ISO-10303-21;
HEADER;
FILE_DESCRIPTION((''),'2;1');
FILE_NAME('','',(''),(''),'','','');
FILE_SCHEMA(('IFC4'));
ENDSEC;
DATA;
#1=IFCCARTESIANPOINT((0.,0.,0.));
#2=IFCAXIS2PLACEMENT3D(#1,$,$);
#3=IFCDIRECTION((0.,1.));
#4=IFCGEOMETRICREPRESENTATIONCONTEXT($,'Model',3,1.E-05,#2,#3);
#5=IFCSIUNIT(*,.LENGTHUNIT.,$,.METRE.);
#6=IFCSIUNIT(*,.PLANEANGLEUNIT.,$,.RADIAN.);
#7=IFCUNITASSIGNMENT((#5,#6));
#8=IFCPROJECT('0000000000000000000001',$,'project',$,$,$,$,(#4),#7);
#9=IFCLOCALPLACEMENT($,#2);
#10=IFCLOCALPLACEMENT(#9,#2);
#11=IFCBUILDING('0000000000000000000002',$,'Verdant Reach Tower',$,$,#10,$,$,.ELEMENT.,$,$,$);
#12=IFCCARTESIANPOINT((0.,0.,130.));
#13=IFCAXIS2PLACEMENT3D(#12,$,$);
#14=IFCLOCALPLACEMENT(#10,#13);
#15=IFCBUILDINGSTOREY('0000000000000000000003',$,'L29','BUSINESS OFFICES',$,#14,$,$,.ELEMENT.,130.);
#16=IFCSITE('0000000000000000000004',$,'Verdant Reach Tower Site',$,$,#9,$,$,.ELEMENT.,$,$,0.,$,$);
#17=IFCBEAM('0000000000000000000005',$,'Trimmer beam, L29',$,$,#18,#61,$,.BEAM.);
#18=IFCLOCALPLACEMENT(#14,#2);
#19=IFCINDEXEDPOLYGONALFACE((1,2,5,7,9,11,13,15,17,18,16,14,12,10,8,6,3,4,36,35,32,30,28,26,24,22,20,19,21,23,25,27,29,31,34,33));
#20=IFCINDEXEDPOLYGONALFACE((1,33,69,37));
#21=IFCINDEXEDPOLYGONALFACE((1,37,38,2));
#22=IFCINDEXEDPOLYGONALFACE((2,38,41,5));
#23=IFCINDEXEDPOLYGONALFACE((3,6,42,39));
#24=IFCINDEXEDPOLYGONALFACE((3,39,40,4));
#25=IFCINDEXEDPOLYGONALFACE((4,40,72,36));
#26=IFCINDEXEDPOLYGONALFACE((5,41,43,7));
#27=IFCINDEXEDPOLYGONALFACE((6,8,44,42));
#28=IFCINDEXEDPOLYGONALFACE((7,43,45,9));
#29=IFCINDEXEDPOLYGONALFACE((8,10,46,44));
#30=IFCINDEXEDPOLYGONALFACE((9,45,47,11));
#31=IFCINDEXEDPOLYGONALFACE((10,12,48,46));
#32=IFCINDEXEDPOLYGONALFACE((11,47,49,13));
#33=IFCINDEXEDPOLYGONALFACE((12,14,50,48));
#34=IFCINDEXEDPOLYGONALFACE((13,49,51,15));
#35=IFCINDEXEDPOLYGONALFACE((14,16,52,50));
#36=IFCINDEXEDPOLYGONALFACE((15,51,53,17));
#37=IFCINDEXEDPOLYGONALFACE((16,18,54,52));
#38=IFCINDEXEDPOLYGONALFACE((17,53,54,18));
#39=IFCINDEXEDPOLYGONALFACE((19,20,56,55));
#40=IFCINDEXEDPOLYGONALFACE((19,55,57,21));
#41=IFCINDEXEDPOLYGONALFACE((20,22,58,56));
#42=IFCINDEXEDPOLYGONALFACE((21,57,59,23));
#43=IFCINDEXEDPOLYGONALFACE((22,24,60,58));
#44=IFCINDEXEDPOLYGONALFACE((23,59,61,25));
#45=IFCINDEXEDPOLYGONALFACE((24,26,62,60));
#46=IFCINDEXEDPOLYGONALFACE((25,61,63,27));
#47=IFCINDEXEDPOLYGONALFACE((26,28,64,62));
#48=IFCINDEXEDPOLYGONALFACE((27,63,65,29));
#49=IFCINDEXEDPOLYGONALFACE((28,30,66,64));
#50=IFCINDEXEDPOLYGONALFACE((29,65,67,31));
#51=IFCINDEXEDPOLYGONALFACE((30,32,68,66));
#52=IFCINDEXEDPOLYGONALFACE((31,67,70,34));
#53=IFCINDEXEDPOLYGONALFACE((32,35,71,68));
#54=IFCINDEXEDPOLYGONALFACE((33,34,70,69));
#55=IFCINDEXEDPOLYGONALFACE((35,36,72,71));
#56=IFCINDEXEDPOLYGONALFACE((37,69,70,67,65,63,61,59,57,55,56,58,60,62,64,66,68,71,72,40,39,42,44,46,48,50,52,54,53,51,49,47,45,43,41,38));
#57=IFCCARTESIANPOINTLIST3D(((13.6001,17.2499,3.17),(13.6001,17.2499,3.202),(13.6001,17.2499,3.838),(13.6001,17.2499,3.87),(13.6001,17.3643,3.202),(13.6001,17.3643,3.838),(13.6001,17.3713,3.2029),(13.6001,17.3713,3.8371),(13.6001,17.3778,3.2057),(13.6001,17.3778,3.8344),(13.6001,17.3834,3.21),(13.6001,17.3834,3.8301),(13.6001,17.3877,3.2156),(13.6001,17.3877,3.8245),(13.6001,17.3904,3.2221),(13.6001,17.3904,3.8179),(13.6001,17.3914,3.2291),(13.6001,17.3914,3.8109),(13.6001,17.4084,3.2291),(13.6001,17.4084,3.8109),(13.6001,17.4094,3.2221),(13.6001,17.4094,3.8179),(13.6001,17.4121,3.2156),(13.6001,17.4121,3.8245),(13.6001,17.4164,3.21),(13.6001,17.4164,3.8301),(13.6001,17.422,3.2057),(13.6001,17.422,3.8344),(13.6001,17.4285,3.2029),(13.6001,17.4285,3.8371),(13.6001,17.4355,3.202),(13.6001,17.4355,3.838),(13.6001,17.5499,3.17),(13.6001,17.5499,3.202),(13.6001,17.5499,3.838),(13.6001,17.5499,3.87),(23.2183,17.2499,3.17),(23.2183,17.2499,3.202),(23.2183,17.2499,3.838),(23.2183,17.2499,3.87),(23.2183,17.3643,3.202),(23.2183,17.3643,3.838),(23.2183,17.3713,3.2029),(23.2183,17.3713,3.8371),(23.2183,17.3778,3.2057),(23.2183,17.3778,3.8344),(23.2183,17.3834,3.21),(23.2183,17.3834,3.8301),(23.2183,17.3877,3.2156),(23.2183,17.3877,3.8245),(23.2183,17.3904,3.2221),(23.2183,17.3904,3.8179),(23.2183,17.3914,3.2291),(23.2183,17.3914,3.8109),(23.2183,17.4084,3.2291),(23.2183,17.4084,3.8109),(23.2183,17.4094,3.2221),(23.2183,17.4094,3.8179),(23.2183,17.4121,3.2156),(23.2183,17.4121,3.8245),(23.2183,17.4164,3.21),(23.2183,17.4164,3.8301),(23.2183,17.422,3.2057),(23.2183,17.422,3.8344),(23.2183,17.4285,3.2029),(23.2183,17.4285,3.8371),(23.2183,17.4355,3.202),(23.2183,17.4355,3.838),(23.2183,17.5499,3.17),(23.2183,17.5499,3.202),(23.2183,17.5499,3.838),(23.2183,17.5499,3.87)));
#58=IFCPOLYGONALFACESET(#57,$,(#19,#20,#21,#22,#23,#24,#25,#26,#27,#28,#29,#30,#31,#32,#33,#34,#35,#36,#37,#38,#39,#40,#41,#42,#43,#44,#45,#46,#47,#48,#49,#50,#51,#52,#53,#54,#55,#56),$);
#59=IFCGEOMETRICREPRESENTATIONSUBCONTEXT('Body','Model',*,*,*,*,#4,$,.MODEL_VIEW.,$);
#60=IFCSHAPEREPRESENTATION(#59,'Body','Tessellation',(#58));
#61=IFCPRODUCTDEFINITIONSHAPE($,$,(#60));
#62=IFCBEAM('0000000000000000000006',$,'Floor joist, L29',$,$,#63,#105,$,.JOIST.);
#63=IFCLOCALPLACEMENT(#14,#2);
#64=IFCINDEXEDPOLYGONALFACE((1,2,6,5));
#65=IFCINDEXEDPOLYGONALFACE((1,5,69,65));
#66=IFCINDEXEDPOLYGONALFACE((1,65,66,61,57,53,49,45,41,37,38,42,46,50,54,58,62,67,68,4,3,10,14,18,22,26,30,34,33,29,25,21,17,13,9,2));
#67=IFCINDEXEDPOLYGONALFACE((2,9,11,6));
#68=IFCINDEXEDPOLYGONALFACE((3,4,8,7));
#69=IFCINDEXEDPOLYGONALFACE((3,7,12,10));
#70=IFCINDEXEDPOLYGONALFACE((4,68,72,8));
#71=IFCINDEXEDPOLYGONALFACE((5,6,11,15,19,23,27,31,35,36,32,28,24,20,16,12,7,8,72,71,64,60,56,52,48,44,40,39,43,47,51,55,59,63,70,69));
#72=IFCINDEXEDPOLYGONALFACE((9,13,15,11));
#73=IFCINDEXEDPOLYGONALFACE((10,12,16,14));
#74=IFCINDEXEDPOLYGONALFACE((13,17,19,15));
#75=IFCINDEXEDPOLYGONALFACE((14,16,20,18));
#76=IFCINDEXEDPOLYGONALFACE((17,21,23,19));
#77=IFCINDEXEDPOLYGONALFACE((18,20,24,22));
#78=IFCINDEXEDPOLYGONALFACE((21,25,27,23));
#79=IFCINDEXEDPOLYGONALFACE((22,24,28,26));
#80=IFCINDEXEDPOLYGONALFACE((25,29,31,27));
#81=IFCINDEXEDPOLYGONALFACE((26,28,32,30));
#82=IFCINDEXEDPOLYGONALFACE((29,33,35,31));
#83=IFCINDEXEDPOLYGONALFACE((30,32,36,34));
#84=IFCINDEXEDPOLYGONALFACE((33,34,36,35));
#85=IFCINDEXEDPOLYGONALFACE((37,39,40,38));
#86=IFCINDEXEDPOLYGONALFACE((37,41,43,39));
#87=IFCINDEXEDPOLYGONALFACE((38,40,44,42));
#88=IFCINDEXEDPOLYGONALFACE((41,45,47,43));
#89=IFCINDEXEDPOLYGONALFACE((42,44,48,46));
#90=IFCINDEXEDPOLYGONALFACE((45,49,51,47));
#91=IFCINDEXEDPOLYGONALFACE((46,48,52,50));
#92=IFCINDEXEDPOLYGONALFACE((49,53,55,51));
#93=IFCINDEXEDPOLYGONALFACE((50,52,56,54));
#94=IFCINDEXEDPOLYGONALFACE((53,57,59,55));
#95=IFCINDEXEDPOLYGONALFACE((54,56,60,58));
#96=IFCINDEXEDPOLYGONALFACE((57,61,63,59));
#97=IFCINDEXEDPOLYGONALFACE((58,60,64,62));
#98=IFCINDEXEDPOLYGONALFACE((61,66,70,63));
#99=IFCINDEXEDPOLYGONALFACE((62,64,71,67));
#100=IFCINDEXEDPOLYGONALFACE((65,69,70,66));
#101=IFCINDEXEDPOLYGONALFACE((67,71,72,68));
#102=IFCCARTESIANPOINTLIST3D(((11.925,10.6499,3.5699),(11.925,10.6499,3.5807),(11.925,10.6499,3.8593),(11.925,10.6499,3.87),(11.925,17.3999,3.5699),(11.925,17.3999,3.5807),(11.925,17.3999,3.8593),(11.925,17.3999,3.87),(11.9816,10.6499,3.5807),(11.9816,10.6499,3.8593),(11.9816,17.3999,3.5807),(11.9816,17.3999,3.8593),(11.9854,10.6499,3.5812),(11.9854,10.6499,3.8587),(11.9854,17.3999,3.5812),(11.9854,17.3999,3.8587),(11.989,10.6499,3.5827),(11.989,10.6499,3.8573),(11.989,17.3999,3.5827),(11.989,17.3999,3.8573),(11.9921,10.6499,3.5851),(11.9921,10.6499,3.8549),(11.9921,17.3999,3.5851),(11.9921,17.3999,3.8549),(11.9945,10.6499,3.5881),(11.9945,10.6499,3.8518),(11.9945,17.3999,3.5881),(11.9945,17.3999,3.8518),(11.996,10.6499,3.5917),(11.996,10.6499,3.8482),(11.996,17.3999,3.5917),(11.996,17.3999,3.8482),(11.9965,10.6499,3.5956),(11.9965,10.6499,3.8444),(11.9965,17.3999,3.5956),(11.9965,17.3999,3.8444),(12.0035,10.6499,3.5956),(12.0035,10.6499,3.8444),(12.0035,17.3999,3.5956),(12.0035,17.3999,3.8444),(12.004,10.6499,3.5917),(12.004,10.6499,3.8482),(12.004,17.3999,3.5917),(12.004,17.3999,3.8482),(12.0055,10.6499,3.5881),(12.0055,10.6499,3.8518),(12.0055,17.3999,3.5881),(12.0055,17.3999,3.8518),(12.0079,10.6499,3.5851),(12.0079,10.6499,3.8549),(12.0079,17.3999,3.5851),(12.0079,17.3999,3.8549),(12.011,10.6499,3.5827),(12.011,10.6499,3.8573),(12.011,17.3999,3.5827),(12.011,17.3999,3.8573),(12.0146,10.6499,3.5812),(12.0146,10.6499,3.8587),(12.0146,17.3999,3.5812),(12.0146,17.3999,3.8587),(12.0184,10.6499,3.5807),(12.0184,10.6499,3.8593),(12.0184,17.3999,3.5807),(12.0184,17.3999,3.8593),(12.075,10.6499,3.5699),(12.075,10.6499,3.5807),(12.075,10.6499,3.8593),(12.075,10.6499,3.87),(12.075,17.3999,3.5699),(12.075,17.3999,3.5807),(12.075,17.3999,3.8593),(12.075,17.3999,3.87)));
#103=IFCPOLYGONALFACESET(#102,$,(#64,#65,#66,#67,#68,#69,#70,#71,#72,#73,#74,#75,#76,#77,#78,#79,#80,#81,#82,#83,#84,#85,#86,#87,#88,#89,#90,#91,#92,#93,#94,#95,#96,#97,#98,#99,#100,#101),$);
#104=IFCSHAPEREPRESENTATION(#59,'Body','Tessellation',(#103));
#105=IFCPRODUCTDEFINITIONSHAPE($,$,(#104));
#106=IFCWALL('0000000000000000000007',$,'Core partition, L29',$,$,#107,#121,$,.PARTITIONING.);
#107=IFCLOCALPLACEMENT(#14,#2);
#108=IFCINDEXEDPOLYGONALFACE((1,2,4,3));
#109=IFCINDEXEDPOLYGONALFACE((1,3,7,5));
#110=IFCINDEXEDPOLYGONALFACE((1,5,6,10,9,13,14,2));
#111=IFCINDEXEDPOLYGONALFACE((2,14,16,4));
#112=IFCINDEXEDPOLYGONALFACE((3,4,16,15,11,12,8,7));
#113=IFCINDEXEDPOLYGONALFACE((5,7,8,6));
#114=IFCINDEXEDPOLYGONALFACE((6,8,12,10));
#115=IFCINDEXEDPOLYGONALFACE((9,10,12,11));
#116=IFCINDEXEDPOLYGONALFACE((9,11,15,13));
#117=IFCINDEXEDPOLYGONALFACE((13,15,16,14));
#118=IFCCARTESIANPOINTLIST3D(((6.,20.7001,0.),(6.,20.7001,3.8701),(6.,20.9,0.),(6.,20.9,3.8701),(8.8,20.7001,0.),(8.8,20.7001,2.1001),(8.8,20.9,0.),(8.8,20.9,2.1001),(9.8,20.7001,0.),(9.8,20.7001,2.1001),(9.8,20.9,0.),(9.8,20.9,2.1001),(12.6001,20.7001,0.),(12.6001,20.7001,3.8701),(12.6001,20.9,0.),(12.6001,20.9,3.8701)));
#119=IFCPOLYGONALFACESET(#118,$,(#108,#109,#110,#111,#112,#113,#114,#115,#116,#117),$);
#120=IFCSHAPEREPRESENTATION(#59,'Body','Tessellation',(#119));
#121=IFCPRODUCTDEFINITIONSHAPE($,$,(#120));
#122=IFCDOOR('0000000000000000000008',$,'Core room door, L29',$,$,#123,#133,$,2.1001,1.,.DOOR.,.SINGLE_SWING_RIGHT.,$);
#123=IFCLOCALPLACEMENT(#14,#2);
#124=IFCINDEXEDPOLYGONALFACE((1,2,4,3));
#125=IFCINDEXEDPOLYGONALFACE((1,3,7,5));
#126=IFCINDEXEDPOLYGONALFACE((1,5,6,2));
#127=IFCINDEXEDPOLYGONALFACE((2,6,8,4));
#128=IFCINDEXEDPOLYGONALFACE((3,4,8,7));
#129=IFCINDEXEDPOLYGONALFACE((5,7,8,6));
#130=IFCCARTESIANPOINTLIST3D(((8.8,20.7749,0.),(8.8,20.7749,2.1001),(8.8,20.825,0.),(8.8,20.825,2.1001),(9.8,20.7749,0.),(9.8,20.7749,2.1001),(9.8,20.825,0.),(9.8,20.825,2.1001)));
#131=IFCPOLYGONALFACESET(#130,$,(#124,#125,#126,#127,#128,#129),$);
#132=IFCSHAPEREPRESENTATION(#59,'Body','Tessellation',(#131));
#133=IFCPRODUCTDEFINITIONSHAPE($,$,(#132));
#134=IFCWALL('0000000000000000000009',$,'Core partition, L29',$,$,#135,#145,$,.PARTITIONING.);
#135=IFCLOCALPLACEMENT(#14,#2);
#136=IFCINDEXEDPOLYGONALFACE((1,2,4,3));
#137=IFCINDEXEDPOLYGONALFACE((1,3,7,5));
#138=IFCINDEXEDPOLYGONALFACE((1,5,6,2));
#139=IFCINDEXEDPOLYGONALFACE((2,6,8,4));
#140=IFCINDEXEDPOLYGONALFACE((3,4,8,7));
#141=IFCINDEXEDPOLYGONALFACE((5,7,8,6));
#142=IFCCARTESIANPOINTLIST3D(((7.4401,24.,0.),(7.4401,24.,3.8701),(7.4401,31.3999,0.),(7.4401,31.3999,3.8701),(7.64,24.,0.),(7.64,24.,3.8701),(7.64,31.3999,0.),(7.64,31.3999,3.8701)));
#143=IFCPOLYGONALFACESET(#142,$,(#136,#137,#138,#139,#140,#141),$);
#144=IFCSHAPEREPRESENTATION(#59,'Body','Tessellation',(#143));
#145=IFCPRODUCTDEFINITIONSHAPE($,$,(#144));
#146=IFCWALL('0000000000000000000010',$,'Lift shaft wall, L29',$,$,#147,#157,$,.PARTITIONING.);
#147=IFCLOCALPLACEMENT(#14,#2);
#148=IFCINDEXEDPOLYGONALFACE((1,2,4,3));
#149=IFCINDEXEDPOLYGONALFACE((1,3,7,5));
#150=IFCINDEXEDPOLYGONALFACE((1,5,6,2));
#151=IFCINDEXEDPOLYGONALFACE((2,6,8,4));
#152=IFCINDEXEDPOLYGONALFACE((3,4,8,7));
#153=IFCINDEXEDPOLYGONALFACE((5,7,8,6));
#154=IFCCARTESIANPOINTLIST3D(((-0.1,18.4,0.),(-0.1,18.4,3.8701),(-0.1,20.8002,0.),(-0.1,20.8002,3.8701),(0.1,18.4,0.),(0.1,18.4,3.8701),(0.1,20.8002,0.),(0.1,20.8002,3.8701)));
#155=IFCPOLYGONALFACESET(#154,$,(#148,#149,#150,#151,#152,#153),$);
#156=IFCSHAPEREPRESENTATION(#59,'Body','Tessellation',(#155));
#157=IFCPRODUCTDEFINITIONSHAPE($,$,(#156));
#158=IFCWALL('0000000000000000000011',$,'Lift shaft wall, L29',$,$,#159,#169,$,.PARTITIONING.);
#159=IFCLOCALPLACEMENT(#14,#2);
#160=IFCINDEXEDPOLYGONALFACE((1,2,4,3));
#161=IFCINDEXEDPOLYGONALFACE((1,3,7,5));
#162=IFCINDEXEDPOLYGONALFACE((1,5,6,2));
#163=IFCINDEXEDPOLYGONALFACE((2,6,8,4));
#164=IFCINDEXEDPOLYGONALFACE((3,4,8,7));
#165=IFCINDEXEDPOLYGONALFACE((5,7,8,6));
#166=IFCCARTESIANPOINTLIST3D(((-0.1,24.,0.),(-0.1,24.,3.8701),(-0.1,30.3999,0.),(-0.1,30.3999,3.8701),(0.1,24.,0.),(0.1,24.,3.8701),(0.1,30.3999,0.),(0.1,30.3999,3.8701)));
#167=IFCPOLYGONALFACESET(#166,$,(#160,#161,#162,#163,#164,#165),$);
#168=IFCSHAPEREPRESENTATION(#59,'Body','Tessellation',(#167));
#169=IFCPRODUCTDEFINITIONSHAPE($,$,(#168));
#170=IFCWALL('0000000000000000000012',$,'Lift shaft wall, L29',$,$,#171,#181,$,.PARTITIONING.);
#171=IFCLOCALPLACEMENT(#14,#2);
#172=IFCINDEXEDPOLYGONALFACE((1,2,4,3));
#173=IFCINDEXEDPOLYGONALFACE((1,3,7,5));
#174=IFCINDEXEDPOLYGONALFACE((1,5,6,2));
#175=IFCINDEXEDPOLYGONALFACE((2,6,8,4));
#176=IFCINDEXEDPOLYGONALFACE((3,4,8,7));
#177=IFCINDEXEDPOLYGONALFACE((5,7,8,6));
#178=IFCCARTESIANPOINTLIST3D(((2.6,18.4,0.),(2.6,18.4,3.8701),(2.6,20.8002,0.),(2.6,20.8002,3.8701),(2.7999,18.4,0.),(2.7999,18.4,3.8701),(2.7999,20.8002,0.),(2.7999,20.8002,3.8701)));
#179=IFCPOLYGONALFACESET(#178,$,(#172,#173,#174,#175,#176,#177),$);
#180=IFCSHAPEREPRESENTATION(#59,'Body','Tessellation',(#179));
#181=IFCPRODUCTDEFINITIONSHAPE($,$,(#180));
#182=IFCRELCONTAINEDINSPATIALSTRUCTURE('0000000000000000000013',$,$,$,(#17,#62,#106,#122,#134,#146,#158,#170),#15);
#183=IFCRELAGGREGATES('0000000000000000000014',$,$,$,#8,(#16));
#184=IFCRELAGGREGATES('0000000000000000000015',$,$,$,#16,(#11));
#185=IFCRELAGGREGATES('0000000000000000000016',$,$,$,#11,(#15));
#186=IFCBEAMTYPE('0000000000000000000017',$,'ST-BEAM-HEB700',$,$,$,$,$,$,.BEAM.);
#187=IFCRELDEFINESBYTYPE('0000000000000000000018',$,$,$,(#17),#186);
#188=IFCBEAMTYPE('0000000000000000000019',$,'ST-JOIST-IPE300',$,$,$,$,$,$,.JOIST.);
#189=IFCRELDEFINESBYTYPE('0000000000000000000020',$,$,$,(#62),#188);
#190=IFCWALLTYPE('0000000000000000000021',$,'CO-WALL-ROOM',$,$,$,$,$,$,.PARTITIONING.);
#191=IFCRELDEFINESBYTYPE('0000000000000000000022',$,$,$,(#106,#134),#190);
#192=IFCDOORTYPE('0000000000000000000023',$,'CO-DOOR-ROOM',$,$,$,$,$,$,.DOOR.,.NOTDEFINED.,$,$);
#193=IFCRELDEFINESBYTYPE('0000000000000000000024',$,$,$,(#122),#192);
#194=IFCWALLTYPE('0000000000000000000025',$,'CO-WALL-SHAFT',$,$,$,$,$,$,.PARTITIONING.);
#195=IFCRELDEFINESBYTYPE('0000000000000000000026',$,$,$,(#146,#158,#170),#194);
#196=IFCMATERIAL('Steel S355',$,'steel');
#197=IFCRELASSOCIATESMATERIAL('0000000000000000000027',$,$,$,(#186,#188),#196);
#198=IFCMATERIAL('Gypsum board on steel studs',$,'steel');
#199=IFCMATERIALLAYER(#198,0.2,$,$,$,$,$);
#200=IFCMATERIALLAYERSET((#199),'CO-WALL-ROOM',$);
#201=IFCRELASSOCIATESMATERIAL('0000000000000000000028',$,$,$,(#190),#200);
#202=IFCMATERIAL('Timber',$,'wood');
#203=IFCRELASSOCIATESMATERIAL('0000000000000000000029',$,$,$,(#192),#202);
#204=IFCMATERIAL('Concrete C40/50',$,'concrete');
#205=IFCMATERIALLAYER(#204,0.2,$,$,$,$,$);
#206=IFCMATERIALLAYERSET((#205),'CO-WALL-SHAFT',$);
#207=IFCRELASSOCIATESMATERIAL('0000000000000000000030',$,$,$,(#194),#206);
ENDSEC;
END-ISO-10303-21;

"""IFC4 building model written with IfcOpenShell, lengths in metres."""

from ifc_helpers import new_model, si_unit, direction, frame, frame_2d, origin, origin_2d, place, context, subcontext, project, spatial, rectangle, i_section, extrude, material, layer, layer_set, material_profile, profile_set, type_object, element, fill, save


model = new_model("IFC4")

# Units and contexts
model_context = context("Model", 3, precision=1e-05, world=origin(), true_north=direction((0.0, 1.0)))
body_context = subcontext(model_context, "Body", "Model", "MODEL_VIEW")
ifc_project = project(units=[si_unit("LENGTHUNIT", "METRE"), si_unit("PLANEANGLEUNIT", "RADIAN")], contexts=[model_context])

# Site, building, storey
site_placement = place(None, origin())
site = spatial("IfcSite", under=ifc_project, at=site_placement, Name="Verdant Reach Tower Site", CompositionType="ELEMENT", RefElevation=0.0)
building_placement = place(site_placement, origin())
building = spatial("IfcBuilding", under=site, at=building_placement, Name="Verdant Reach Tower", CompositionType="ELEMENT")
storey_placement = place(building_placement, frame((0.0, 0.0, 130.0)))
storey = spatial("IfcBuildingStorey", under=building, at=storey_placement, Name="L29", Description="BUSINESS OFFICES", CompositionType="ELEMENT", Elevation=130.0)

# Beams
ifc_material_1 = material(Name="Steel S355", Category="steel")
ifc_material_profile_1 = material_profile(ifc_material_1, i_section(OverallWidth=0.3, OverallDepth=0.7, WebThickness=0.0171, FlangeThickness=0.032, FilletRadius=0.0271, at=origin_2d()), Name="HEB 700")
ifc_profile_set_1 = profile_set([ifc_material_profile_1], Name="Steel S355")
beam_type_1 = type_object("IfcBeamType", Name="ST-BEAM-HEB700", PredefinedType="BEAM", material=ifc_profile_set_1)
beam_1_placement = place(storey_placement, frame((13.6001, 17.3999, 3.52), z_axis=(1.0, 0.0, 0.0), x_axis=(0.0, 1.0, 0.0)))
element("IfcBeam", 1, at=beam_1_placement, inside=storey, type_object=beam_type_1, Name="Trimmer beam, L29", PredefinedType="BEAM", context=body_context, shape_type="SweptSolid", body=[
    extrude(i_section(OverallWidth=0.3, OverallDepth=0.7, WebThickness=0.0171, FlangeThickness=0.032, FilletRadius=0.0271, at=origin_2d()), origin(), (0.0, 0.0, 1.0), 9.6182),
])
ifc_material_profile_2 = material_profile(ifc_material_1, i_section(OverallWidth=0.1499, OverallDepth=0.3, WebThickness=0.0071, FlangeThickness=0.0107, FilletRadius=0.0149, at=origin_2d()), Name="IPE 300")
ifc_profile_set_2 = profile_set([ifc_material_profile_2], Name="Steel S355")
beam_type_2 = type_object("IfcBeamType", Name="ST-JOIST-IPE300", PredefinedType="JOIST", material=ifc_profile_set_2)
beam_2_placement = place(storey_placement, frame((12.0, 17.3999, 3.72), z_axis=(0.0, -1.0, 0.0), x_axis=(1.0, 0.0, 0.0)))
element("IfcBeam", 2, at=beam_2_placement, inside=storey, type_object=beam_type_2, Name="Floor joist, L29", PredefinedType="JOIST", context=body_context, shape_type="SweptSolid", body=[
    extrude(i_section(OverallWidth=0.1499, OverallDepth=0.3, WebThickness=0.0071, FlangeThickness=0.0107, FilletRadius=0.0149, at=origin_2d()), origin(), (0.0, 0.0, 1.0), 6.75),
])

# Wall, opening, door
ifc_material_2 = material(Name="Gypsum board on steel studs", Category="steel")
ifc_layer_1 = layer(ifc_material_2, 0.2)
ifc_layer_set_1 = layer_set([ifc_layer_1], Name="CO-WALL-ROOM")
wall_type_1 = type_object("IfcWallType", Name="CO-WALL-ROOM", PredefinedType="PARTITIONING", material=ifc_layer_set_1)
wall_1_placement = place(storey_placement, frame((6.0, 20.8, 0.0), z_axis=(0.0, 0.0, 1.0), x_axis=(1.0, 0.0, 0.0)))
wall_1 = element("IfcWall", 3, at=wall_1_placement, inside=storey, type_object=wall_type_1, Name="Core partition, L29", PredefinedType="PARTITIONING", context=body_context, shape_type="SweptSolid", body=[
    extrude(rectangle(XDim=6.6001, YDim=0.2, at=frame_2d((3.3, 0.0))), origin(), (0.0, 0.0, 1.0), 3.8701),
])
opening_1_placement = place(wall_1_placement, frame((2.8, 0.0, 0.0)))
opening_1 = element("IfcOpeningElement", 4, at=opening_1_placement, cuts=wall_1, PredefinedType="OPENING", context=body_context, shape_type="SweptSolid", body=[
    extrude(rectangle(XDim=1.0, YDim=2.1001, at=frame_2d((0.5, 1.05))), frame((0.0, 0.1099, 0.0), z_axis=(0.0, -1.0, 0.0), x_axis=(1.0, 0.0, 0.0)), (0.0, 0.0, 1.0), 0.22),
])
ifc_material_3 = material(Name="Timber", Category="wood")
door_type_1 = type_object("IfcDoorType", Name="CO-DOOR-ROOM", OperationType="NOTDEFINED", PredefinedType="DOOR", material=ifc_material_3)
door_1_placement = place(opening_1_placement, origin())
door_1 = element("IfcDoor", 5, at=door_1_placement, inside=storey, type_object=door_type_1, Name="Core room door, L29", OperationType="SINGLE_SWING_RIGHT", OverallHeight=2.1001, OverallWidth=1.0, PredefinedType="DOOR", context=body_context, shape_type="SweptSolid", body=[
    extrude(rectangle(XDim=1.0, YDim=2.1001, at=frame_2d((0.5, 1.05))), frame((0.0, 0.0249, 0.0), z_axis=(0.0, -1.0, 0.0), x_axis=(1.0, 0.0, 0.0)), (0.0, 0.0, 1.0), 0.05),
])
fill(opening_1, door_1)

# Walls
wall_2_placement = place(storey_placement, frame((7.54, 24.0, 0.0), z_axis=(0.0, 0.0, 1.0), x_axis=(0.0, 1.0, 0.0)))
element("IfcWall", 6, at=wall_2_placement, inside=storey, type_object=wall_type_1, Name="Core partition, L29", PredefinedType="PARTITIONING", context=body_context, shape_type="SweptSolid", body=[
    extrude(rectangle(XDim=7.3999, YDim=0.2, at=frame_2d((3.7, 0.0))), origin(), (0.0, 0.0, 1.0), 3.8701),
])
ifc_material_4 = material(Name="Concrete C40/50", Category="concrete")
ifc_layer_2 = layer(ifc_material_4, 0.2)
ifc_layer_set_2 = layer_set([ifc_layer_2], Name="CO-WALL-SHAFT")
wall_type_2 = type_object("IfcWallType", Name="CO-WALL-SHAFT", PredefinedType="PARTITIONING", material=ifc_layer_set_2)
wall_3_placement = place(storey_placement, frame((0.0, 18.3999, 0.0), z_axis=(0.0, 0.0, 1.0), x_axis=(0.0, 1.0, 0.0)))
element("IfcWall", 7, at=wall_3_placement, inside=storey, type_object=wall_type_2, Name="Lift shaft wall, L29", PredefinedType="PARTITIONING", context=body_context, shape_type="SweptSolid", body=[
    extrude(rectangle(XDim=2.4001, YDim=0.2, at=frame_2d((1.2002, 0.0))), origin(), (0.0, 0.0, 1.0), 3.8701),
])
wall_4_placement = place(storey_placement, frame((0.0, 24.0, 0.0), z_axis=(0.0, 0.0, 1.0), x_axis=(0.0, 1.0, 0.0)))
element("IfcWall", 8, at=wall_4_placement, inside=storey, type_object=wall_type_2, Name="Lift shaft wall, L29", PredefinedType="PARTITIONING", context=body_context, shape_type="SweptSolid", body=[
    extrude(rectangle(XDim=6.3999, YDim=0.2, at=frame_2d((3.2, 0.0))), origin(), (0.0, 0.0, 1.0), 3.8701),
])
wall_5_placement = place(storey_placement, frame((2.7, 18.3999, 0.0), z_axis=(0.0, 0.0, 1.0), x_axis=(0.0, 1.0, 0.0)))
element("IfcWall", 9, at=wall_5_placement, inside=storey, type_object=wall_type_2, Name="Lift shaft wall, L29", PredefinedType="PARTITIONING", context=body_context, shape_type="SweptSolid", body=[
    extrude(rectangle(XDim=2.4001, YDim=0.2, at=frame_2d((1.2002, 0.0))), origin(), (0.0, 0.0, 1.0), 3.8701),
])

save(model, "model.ifc")
